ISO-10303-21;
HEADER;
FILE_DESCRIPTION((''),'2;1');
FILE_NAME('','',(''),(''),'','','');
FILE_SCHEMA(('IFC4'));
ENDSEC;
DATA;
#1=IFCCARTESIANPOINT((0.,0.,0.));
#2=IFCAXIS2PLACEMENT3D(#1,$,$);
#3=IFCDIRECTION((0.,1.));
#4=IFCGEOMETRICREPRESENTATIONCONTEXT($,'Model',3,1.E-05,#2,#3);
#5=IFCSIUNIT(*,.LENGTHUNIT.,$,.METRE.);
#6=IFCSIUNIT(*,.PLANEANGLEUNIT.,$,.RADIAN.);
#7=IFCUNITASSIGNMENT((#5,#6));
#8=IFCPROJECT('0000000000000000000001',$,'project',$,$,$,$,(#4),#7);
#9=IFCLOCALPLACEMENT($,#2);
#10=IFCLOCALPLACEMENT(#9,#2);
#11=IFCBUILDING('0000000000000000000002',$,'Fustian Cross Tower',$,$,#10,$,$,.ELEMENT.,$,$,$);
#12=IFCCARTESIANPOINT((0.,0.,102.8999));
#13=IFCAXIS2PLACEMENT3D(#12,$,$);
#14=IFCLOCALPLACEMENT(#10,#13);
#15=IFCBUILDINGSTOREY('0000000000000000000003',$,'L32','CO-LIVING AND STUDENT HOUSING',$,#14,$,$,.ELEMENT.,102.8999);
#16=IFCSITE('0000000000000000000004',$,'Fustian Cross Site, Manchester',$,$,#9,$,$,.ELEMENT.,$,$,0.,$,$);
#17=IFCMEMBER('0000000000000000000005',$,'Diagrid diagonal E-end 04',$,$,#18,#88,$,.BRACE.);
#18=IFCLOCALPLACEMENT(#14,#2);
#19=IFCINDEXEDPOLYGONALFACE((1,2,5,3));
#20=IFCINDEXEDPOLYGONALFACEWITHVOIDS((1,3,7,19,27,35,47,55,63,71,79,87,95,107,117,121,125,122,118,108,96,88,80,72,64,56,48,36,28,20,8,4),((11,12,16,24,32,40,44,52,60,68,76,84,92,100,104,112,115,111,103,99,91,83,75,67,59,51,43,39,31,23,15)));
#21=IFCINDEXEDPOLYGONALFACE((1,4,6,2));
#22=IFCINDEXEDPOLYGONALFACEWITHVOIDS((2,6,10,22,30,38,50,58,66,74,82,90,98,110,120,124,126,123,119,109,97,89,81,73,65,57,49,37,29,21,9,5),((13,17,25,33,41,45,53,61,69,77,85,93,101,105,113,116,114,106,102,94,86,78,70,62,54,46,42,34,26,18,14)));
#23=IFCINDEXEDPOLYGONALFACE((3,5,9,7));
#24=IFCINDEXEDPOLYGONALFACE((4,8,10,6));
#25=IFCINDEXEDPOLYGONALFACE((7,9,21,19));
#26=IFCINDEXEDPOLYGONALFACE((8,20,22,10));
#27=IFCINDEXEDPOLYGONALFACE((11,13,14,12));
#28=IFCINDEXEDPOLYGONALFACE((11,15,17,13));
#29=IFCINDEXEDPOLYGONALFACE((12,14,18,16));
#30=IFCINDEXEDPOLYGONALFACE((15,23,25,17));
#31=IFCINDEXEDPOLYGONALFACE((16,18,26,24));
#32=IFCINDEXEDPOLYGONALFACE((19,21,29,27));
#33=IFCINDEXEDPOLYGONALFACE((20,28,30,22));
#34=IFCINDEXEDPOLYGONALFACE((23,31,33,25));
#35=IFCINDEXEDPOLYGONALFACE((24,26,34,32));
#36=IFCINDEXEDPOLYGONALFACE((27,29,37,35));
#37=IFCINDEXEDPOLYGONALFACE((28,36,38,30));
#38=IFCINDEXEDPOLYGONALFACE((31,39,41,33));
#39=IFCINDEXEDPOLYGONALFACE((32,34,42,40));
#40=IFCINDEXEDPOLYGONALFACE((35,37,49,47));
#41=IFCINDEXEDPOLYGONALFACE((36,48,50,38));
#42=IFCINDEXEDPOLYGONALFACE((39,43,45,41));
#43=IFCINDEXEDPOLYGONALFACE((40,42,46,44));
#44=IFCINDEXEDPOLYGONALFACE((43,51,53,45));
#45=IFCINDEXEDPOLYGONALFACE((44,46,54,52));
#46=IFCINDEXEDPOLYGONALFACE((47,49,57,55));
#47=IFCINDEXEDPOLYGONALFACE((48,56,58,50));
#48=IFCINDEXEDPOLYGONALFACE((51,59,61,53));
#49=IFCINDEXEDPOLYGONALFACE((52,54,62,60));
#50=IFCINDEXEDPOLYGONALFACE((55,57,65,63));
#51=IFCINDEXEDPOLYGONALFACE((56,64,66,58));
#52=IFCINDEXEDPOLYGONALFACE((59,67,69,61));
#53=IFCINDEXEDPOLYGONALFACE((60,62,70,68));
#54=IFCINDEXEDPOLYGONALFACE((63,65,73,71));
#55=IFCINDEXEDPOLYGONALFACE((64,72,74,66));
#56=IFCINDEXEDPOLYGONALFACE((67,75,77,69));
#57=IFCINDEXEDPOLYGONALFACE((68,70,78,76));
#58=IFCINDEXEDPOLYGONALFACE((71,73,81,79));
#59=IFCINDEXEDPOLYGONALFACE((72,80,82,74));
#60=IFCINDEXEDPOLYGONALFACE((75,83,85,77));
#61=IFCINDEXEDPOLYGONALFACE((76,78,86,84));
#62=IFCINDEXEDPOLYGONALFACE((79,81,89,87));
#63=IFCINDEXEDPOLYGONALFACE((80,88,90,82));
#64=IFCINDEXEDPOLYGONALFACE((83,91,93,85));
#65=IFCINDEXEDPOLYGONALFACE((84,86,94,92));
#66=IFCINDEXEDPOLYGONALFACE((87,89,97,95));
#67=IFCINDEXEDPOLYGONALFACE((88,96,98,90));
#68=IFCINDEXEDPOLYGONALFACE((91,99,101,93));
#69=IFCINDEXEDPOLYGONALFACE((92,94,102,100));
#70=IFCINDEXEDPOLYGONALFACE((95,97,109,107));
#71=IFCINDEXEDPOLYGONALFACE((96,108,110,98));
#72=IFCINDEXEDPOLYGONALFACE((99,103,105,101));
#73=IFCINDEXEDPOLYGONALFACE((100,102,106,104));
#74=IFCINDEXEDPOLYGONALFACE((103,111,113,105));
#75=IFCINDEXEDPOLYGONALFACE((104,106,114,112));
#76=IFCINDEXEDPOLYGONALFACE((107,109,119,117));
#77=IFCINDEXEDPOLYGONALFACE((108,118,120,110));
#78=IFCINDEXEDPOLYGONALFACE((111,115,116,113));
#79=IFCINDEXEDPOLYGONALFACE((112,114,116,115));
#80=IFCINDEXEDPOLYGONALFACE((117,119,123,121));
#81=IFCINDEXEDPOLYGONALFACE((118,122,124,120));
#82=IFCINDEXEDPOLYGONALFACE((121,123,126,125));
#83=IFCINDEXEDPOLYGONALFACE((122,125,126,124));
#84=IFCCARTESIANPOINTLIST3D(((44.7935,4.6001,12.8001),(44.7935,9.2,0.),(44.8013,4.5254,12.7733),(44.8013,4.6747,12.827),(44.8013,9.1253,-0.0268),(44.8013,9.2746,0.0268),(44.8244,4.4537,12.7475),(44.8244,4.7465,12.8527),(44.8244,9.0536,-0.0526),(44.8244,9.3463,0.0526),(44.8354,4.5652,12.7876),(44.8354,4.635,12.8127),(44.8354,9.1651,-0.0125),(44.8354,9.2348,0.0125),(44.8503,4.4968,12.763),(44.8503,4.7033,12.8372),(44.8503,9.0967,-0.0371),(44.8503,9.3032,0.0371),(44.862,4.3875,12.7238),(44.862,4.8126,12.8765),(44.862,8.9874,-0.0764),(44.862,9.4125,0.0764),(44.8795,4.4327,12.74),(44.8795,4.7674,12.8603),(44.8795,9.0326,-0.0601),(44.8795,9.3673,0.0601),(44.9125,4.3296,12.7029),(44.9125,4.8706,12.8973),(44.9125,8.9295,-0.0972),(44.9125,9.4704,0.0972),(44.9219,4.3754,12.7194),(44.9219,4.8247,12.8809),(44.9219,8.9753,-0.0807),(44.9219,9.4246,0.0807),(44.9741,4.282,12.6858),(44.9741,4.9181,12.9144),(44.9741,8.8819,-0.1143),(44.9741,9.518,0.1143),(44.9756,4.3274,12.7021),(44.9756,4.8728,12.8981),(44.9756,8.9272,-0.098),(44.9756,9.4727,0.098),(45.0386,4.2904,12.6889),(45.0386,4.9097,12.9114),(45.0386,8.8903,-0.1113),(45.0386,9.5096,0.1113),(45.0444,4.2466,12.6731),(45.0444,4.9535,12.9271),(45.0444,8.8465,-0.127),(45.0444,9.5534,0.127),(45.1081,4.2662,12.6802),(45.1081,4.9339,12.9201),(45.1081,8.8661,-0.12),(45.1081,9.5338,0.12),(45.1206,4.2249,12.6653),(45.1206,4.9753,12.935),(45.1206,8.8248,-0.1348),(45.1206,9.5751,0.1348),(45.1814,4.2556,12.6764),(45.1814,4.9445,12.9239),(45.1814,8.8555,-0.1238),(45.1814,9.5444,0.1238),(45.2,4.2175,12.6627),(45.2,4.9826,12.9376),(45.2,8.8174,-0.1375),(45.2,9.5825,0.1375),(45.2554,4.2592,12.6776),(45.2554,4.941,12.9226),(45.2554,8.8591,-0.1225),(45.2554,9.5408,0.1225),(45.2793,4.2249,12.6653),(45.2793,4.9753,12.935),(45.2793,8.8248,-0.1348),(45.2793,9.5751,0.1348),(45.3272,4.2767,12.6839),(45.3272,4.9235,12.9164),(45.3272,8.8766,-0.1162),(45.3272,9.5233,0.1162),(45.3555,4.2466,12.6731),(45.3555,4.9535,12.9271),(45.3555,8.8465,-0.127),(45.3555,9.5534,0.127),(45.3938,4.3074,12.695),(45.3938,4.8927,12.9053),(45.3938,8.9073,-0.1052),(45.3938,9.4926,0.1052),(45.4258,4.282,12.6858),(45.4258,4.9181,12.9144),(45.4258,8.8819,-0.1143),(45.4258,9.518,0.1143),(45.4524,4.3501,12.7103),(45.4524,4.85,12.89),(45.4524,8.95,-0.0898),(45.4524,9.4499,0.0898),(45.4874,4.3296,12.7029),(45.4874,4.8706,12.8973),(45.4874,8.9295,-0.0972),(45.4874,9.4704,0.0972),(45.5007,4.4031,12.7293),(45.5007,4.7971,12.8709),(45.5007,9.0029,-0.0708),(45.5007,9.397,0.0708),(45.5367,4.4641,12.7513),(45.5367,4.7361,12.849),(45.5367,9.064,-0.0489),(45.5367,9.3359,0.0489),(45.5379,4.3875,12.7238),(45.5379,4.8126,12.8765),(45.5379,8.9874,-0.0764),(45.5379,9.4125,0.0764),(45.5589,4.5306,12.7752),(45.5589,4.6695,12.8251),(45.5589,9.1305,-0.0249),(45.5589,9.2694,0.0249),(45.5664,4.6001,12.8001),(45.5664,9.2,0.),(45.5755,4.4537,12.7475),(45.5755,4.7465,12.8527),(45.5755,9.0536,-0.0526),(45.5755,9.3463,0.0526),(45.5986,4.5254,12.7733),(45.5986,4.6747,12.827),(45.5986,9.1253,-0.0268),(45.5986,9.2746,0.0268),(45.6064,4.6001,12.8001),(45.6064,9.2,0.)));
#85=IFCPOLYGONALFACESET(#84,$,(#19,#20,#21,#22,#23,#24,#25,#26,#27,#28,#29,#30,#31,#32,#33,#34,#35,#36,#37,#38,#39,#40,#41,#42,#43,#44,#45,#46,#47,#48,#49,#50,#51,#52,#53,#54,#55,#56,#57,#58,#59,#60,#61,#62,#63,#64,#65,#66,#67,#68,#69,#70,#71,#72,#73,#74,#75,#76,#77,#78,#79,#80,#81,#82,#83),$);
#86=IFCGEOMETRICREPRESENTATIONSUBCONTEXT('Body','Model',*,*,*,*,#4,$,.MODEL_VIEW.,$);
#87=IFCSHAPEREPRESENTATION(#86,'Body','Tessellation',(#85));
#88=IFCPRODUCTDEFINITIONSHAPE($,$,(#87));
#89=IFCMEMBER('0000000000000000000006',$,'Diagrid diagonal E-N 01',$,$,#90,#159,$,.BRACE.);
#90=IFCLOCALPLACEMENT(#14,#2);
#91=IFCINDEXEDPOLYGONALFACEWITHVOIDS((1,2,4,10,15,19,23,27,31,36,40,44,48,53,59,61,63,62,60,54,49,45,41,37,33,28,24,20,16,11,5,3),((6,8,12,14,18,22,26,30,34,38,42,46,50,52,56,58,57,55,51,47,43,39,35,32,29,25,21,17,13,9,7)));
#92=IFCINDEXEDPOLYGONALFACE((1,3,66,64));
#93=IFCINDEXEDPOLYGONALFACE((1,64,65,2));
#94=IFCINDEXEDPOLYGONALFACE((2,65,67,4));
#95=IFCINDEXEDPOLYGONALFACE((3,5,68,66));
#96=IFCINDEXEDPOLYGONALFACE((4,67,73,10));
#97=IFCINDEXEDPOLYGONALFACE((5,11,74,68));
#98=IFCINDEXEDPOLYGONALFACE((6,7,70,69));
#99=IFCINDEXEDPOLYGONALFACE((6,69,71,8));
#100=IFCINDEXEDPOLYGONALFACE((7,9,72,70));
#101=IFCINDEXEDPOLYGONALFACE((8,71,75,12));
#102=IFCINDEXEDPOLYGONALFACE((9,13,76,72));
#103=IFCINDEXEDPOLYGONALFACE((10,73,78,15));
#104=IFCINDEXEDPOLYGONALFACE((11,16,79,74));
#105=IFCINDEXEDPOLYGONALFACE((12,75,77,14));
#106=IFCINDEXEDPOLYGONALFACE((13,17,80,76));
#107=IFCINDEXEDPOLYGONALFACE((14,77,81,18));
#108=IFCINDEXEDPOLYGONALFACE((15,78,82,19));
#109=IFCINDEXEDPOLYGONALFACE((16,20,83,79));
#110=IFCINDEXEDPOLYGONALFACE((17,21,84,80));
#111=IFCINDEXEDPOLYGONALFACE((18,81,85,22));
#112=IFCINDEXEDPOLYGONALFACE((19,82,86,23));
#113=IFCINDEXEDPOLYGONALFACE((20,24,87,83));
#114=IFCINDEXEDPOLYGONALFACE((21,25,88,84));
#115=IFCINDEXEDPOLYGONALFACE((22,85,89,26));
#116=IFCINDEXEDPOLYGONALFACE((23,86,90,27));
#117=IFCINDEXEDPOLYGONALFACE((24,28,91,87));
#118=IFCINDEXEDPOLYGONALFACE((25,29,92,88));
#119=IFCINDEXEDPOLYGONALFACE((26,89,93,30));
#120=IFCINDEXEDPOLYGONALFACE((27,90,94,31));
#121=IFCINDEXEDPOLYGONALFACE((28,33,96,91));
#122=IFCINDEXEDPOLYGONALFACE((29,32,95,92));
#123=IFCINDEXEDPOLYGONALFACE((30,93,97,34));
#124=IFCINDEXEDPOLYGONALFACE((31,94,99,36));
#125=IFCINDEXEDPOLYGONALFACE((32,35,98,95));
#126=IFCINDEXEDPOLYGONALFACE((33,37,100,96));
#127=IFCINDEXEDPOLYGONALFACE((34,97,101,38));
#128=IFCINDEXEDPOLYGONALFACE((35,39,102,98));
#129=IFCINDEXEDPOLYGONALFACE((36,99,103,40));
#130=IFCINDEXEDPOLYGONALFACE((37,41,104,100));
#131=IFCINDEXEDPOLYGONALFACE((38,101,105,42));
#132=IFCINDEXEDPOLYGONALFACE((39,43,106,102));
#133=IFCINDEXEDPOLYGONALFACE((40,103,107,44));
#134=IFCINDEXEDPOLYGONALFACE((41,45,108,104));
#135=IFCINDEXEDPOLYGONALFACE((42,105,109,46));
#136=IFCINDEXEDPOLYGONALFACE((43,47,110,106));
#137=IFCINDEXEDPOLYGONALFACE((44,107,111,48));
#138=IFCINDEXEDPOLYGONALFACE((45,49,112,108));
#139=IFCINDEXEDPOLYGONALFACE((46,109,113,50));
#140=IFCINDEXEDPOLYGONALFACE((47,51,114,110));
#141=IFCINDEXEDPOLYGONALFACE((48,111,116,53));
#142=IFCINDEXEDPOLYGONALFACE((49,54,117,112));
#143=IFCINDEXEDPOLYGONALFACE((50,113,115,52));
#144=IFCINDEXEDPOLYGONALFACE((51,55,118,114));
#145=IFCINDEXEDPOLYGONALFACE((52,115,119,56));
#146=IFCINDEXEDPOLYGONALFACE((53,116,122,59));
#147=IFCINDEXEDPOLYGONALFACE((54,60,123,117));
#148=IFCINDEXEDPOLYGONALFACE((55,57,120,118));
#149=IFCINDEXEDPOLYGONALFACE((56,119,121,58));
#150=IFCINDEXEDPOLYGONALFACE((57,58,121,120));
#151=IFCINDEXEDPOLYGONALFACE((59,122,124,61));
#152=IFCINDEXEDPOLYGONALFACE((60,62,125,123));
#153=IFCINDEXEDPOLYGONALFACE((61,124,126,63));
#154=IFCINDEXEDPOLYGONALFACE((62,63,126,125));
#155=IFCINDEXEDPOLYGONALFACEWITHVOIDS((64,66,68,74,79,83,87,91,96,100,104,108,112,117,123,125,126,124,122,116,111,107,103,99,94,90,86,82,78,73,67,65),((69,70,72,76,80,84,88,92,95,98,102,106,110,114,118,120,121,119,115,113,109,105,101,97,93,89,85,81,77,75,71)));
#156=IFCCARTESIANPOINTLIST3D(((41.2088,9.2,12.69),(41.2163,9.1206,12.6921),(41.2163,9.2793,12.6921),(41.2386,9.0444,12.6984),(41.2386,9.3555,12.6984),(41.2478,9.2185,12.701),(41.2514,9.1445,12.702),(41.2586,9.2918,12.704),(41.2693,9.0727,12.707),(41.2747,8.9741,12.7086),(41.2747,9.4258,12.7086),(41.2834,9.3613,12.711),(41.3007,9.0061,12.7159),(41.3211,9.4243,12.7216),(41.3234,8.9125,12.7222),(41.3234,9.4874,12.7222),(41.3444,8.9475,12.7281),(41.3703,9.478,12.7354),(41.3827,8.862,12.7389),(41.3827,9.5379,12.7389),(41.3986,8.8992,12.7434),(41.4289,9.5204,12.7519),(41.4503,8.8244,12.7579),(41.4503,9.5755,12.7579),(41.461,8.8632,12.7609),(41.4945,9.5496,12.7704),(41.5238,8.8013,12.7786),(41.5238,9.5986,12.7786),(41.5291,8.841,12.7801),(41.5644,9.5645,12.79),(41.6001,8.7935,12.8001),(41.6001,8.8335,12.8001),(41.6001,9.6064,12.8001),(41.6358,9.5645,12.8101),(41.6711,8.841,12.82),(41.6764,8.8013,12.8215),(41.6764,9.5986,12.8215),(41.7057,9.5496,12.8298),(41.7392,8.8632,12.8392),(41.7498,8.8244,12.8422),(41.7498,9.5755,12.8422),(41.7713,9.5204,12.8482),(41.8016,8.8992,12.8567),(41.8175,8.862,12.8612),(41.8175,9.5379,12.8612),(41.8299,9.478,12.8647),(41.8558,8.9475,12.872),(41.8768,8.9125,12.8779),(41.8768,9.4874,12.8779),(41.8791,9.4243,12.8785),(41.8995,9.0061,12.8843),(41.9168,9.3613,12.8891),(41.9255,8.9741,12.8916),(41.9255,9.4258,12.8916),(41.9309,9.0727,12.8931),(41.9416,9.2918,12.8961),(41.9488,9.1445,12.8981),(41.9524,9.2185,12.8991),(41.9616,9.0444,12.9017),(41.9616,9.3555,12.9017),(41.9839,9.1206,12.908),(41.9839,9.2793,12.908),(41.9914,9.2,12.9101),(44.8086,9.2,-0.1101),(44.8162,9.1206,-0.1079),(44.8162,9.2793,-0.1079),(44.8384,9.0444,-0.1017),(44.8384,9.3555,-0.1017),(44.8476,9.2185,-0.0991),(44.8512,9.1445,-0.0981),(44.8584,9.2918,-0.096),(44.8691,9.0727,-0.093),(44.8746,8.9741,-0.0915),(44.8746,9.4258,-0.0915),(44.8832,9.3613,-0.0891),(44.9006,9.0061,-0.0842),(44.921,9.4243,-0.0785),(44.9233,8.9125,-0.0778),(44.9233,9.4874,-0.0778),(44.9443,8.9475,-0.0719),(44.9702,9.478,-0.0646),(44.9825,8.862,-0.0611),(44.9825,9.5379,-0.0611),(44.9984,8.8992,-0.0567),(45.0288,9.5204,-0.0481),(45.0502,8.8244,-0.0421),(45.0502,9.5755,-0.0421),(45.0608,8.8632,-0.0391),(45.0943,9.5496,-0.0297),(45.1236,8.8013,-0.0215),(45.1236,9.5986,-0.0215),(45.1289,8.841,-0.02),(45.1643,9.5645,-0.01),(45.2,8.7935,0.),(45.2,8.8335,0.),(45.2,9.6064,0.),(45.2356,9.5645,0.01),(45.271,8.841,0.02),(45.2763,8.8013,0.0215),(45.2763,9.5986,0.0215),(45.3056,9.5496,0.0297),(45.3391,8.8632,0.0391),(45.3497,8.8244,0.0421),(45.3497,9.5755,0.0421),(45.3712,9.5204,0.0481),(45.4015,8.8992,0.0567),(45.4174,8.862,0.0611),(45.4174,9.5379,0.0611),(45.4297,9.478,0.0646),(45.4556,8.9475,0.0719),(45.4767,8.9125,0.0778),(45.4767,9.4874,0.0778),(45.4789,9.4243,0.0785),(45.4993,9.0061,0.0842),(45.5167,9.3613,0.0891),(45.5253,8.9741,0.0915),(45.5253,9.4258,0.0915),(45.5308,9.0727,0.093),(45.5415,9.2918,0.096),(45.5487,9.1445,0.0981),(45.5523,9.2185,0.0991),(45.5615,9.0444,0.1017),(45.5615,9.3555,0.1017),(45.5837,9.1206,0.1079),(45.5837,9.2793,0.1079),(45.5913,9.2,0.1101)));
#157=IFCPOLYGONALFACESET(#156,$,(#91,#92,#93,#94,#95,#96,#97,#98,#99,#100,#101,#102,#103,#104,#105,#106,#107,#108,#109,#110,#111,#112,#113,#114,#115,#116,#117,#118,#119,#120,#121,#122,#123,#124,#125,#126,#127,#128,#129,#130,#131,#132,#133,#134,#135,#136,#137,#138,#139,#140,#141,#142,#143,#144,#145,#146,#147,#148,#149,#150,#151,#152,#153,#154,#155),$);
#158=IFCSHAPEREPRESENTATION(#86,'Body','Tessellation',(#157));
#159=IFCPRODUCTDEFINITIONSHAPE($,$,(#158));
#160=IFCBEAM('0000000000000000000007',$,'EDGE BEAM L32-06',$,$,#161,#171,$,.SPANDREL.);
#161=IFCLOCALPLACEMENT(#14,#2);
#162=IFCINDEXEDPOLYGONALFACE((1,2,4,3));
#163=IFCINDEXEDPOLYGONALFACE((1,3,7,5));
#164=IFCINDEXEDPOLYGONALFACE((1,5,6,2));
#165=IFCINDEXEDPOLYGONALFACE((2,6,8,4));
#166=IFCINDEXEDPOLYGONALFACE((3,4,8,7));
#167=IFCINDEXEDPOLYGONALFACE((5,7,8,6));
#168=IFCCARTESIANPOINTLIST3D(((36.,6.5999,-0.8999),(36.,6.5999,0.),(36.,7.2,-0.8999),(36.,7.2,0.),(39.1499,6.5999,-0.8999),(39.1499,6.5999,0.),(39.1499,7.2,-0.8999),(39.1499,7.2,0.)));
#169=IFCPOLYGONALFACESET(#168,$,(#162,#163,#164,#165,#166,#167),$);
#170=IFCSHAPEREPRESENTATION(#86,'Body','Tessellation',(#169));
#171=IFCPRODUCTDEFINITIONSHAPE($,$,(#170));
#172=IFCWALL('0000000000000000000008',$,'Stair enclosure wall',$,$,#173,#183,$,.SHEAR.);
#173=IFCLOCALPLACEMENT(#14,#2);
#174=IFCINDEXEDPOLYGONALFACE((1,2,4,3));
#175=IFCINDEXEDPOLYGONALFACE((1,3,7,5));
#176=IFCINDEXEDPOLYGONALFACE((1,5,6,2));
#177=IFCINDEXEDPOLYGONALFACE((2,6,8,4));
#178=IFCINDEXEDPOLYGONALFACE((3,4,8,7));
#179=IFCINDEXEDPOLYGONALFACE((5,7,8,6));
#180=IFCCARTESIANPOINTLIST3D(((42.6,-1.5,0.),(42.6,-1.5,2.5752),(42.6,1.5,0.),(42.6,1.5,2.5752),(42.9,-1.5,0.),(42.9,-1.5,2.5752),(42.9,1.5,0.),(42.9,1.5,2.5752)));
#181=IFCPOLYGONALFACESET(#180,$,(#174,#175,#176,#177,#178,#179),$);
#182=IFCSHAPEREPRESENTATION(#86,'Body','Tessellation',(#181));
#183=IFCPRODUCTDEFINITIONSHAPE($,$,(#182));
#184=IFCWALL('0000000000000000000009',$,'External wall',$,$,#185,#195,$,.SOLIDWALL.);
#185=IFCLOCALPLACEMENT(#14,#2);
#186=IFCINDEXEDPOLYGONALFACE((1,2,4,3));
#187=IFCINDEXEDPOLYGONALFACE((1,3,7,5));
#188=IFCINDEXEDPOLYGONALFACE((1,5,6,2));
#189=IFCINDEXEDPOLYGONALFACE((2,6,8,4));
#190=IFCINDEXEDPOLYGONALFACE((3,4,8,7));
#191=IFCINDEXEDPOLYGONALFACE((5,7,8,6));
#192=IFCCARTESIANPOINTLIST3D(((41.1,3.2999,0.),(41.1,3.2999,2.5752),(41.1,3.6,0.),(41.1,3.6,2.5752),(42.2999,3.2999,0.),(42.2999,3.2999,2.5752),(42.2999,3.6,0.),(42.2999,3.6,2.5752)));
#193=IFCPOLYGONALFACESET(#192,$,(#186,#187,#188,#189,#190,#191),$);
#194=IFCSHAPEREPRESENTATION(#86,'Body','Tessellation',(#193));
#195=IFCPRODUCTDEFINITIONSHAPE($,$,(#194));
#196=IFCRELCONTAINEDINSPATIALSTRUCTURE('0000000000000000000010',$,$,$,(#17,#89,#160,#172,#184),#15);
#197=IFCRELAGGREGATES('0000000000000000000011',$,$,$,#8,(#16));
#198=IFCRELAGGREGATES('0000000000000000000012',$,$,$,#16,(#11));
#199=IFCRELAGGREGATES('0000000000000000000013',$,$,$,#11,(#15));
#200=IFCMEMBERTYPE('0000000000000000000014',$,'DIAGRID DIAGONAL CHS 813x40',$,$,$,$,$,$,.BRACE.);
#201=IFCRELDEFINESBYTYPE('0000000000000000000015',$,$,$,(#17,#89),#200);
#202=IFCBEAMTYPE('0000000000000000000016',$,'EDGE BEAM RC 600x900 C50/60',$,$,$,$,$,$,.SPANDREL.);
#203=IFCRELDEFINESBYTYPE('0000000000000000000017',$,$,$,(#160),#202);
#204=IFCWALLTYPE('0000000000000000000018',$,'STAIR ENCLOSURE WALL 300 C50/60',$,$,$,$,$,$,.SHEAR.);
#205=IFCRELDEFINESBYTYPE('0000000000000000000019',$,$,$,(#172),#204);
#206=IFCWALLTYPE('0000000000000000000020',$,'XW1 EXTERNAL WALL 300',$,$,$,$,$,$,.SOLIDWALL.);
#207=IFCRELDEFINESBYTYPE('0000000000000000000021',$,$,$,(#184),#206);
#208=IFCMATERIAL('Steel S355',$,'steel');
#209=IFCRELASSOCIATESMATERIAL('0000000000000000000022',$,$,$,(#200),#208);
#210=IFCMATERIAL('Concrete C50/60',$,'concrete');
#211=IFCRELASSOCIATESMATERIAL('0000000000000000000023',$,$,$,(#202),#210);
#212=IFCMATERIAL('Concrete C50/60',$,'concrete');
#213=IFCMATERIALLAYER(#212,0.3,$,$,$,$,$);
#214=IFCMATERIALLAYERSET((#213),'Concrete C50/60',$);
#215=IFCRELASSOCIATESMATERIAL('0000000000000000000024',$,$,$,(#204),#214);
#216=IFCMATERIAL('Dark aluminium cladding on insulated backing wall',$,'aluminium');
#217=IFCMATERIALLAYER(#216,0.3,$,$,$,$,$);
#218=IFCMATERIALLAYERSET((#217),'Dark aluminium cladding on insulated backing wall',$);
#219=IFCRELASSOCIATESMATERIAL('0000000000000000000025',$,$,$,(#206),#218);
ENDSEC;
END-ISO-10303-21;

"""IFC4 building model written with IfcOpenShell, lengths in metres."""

from ifc_helpers import new_model, si_unit, direction, frame, frame_2d, origin, origin_2d, place, context, subcontext, project, spatial, rectangle, hollow_circle, extrude, material, layer, layer_set, material_profile, profile_set, type_object, element, save


model = new_model("IFC4")

# Units and contexts
model_context = context("Model", 3, precision=1e-05, world=origin(), true_north=direction((0.0, 1.0)))
body_context = subcontext(model_context, "Body", "Model", "MODEL_VIEW")
ifc_project = project(units=[si_unit("LENGTHUNIT", "METRE"), si_unit("PLANEANGLEUNIT", "RADIAN")], contexts=[model_context])

# Site, building, storey
site_placement = place(None, origin())
site = spatial("IfcSite", under=ifc_project, at=site_placement, Name="Fustian Cross Site, Manchester", CompositionType="ELEMENT", RefElevation=0.0)
building_placement = place(site_placement, origin())
building = spatial("IfcBuilding", under=site, at=building_placement, Name="Fustian Cross Tower", CompositionType="ELEMENT")
storey_placement = place(building_placement, frame((0.0, 0.0, 102.8999)))
storey = spatial("IfcBuildingStorey", under=building, at=storey_placement, Name="L32", Description="CO-LIVING AND STUDENT HOUSING", CompositionType="ELEMENT", Elevation=102.8999)

# Members
ifc_material_1 = material(Name="Steel S355", Category="steel")
ifc_material_profile_1 = material_profile(ifc_material_1, hollow_circle(Radius=0.4065, WallThickness=0.04, at=origin_2d()), Name="CHS 813x40")
ifc_profile_set_1 = profile_set([ifc_material_profile_1], Name="Steel S355")
member_type_1 = type_object("IfcMemberType", Name="DIAGRID DIAGONAL CHS 813x40", PredefinedType="BRACE", material=ifc_profile_set_1)
member_1_placement = place(storey_placement, frame((45.2, 9.2, 0.0), z_axis=(0.0, -0.338188, 0.941079), x_axis=(1.0, 0.0, 0.0)))
element("IfcMember", 1, at=member_1_placement, inside=storey, type_object=member_type_1, Name="Diagrid diagonal E-end 04", PredefinedType="BRACE", context=body_context, shape_type="SweptSolid", body=[
    extrude(hollow_circle(Radius=0.4065, WallThickness=0.04, at=origin_2d()), origin(), (0.0, 0.0, 1.0), 13.6016),
])
member_2_placement = place(storey_placement, frame((45.2, 9.2, 0.0), z_axis=(-0.270734, 0.0, 0.962654), x_axis=(0.0, -1.0, 0.0)))
element("IfcMember", 2, at=member_2_placement, inside=storey, type_object=member_type_1, Name="Diagrid diagonal E-N 01", PredefinedType="BRACE", context=body_context, shape_type="SweptSolid", body=[
    extrude(hollow_circle(Radius=0.4065, WallThickness=0.04, at=origin_2d()), origin(), (0.0, 0.0, 1.0), 13.2966),
])

# Beam
ifc_material_2 = material(Name="Concrete C50/60", Category="concrete")
ifc_material_profile_2 = material_profile(ifc_material_2, rectangle(XDim=0.6001, YDim=0.8999, at=origin_2d()), Name="RC 600x900")
ifc_profile_set_2 = profile_set([ifc_material_profile_2], Name="Concrete C50/60")
beam_type = type_object("IfcBeamType", Name="EDGE BEAM RC 600x900 C50/60", PredefinedType="SPANDREL", material=ifc_profile_set_2)
beam_placement = place(storey_placement, frame((39.1499, 6.8999, -0.45), z_axis=(-1.0, 0.0, 0.0), x_axis=(0.0, -1.0, 0.0)))
element("IfcBeam", 3, at=beam_placement, inside=storey, type_object=beam_type, Name="EDGE BEAM L32-06", PredefinedType="SPANDREL", context=body_context, shape_type="SweptSolid", body=[
    extrude(rectangle(XDim=0.6001, YDim=0.8999, at=origin_2d()), origin(), (0.0, 0.0, 1.0), 3.1499),
])

# Walls
ifc_material_3 = material(Name="Concrete C50/60", Category="concrete")
ifc_layer_1 = layer(ifc_material_3, 0.3)
ifc_layer_set_1 = layer_set([ifc_layer_1], Name="Concrete C50/60")
wall_type_1 = type_object("IfcWallType", Name="STAIR ENCLOSURE WALL 300 C50/60", PredefinedType="SHEAR", material=ifc_layer_set_1)
wall_1_placement = place(storey_placement, frame((42.75, -1.5, 0.0), z_axis=(0.0, 0.0, 1.0), x_axis=(0.0, 1.0, 0.0)))
element("IfcWall", 4, at=wall_1_placement, inside=storey, type_object=wall_type_1, Name="Stair enclosure wall", PredefinedType="SHEAR", context=body_context, shape_type="SweptSolid", body=[
    extrude(rectangle(XDim=3.0, YDim=0.3, at=frame_2d((1.5, 0.0))), origin(), (0.0, 0.0, 1.0), 2.5752),
])
ifc_material_4 = material(Name="Dark aluminium cladding on insulated backing wall", Category="aluminium")
ifc_layer_2 = layer(ifc_material_4, 0.3)
ifc_layer_set_2 = layer_set([ifc_layer_2], Name="Dark aluminium cladding on insulated backing wall")
wall_type_2 = type_object("IfcWallType", Name="XW1 EXTERNAL WALL 300", PredefinedType="SOLIDWALL", material=ifc_layer_set_2)
wall_2_placement = place(storey_placement, frame((42.3, 3.45, 0.0), z_axis=(0.0, 0.0, 1.0), x_axis=(-1.0, 0.0, 0.0)))
element("IfcWall", 5, at=wall_2_placement, inside=storey, type_object=wall_type_2, Name="External wall", PredefinedType="SOLIDWALL", context=body_context, shape_type="SweptSolid", body=[
    extrude(rectangle(XDim=1.2, YDim=0.3, at=frame_2d((0.6001, 0.0))), origin(), (0.0, 0.0, 1.0), 2.5752),
])

save(model, "model.ifc")
